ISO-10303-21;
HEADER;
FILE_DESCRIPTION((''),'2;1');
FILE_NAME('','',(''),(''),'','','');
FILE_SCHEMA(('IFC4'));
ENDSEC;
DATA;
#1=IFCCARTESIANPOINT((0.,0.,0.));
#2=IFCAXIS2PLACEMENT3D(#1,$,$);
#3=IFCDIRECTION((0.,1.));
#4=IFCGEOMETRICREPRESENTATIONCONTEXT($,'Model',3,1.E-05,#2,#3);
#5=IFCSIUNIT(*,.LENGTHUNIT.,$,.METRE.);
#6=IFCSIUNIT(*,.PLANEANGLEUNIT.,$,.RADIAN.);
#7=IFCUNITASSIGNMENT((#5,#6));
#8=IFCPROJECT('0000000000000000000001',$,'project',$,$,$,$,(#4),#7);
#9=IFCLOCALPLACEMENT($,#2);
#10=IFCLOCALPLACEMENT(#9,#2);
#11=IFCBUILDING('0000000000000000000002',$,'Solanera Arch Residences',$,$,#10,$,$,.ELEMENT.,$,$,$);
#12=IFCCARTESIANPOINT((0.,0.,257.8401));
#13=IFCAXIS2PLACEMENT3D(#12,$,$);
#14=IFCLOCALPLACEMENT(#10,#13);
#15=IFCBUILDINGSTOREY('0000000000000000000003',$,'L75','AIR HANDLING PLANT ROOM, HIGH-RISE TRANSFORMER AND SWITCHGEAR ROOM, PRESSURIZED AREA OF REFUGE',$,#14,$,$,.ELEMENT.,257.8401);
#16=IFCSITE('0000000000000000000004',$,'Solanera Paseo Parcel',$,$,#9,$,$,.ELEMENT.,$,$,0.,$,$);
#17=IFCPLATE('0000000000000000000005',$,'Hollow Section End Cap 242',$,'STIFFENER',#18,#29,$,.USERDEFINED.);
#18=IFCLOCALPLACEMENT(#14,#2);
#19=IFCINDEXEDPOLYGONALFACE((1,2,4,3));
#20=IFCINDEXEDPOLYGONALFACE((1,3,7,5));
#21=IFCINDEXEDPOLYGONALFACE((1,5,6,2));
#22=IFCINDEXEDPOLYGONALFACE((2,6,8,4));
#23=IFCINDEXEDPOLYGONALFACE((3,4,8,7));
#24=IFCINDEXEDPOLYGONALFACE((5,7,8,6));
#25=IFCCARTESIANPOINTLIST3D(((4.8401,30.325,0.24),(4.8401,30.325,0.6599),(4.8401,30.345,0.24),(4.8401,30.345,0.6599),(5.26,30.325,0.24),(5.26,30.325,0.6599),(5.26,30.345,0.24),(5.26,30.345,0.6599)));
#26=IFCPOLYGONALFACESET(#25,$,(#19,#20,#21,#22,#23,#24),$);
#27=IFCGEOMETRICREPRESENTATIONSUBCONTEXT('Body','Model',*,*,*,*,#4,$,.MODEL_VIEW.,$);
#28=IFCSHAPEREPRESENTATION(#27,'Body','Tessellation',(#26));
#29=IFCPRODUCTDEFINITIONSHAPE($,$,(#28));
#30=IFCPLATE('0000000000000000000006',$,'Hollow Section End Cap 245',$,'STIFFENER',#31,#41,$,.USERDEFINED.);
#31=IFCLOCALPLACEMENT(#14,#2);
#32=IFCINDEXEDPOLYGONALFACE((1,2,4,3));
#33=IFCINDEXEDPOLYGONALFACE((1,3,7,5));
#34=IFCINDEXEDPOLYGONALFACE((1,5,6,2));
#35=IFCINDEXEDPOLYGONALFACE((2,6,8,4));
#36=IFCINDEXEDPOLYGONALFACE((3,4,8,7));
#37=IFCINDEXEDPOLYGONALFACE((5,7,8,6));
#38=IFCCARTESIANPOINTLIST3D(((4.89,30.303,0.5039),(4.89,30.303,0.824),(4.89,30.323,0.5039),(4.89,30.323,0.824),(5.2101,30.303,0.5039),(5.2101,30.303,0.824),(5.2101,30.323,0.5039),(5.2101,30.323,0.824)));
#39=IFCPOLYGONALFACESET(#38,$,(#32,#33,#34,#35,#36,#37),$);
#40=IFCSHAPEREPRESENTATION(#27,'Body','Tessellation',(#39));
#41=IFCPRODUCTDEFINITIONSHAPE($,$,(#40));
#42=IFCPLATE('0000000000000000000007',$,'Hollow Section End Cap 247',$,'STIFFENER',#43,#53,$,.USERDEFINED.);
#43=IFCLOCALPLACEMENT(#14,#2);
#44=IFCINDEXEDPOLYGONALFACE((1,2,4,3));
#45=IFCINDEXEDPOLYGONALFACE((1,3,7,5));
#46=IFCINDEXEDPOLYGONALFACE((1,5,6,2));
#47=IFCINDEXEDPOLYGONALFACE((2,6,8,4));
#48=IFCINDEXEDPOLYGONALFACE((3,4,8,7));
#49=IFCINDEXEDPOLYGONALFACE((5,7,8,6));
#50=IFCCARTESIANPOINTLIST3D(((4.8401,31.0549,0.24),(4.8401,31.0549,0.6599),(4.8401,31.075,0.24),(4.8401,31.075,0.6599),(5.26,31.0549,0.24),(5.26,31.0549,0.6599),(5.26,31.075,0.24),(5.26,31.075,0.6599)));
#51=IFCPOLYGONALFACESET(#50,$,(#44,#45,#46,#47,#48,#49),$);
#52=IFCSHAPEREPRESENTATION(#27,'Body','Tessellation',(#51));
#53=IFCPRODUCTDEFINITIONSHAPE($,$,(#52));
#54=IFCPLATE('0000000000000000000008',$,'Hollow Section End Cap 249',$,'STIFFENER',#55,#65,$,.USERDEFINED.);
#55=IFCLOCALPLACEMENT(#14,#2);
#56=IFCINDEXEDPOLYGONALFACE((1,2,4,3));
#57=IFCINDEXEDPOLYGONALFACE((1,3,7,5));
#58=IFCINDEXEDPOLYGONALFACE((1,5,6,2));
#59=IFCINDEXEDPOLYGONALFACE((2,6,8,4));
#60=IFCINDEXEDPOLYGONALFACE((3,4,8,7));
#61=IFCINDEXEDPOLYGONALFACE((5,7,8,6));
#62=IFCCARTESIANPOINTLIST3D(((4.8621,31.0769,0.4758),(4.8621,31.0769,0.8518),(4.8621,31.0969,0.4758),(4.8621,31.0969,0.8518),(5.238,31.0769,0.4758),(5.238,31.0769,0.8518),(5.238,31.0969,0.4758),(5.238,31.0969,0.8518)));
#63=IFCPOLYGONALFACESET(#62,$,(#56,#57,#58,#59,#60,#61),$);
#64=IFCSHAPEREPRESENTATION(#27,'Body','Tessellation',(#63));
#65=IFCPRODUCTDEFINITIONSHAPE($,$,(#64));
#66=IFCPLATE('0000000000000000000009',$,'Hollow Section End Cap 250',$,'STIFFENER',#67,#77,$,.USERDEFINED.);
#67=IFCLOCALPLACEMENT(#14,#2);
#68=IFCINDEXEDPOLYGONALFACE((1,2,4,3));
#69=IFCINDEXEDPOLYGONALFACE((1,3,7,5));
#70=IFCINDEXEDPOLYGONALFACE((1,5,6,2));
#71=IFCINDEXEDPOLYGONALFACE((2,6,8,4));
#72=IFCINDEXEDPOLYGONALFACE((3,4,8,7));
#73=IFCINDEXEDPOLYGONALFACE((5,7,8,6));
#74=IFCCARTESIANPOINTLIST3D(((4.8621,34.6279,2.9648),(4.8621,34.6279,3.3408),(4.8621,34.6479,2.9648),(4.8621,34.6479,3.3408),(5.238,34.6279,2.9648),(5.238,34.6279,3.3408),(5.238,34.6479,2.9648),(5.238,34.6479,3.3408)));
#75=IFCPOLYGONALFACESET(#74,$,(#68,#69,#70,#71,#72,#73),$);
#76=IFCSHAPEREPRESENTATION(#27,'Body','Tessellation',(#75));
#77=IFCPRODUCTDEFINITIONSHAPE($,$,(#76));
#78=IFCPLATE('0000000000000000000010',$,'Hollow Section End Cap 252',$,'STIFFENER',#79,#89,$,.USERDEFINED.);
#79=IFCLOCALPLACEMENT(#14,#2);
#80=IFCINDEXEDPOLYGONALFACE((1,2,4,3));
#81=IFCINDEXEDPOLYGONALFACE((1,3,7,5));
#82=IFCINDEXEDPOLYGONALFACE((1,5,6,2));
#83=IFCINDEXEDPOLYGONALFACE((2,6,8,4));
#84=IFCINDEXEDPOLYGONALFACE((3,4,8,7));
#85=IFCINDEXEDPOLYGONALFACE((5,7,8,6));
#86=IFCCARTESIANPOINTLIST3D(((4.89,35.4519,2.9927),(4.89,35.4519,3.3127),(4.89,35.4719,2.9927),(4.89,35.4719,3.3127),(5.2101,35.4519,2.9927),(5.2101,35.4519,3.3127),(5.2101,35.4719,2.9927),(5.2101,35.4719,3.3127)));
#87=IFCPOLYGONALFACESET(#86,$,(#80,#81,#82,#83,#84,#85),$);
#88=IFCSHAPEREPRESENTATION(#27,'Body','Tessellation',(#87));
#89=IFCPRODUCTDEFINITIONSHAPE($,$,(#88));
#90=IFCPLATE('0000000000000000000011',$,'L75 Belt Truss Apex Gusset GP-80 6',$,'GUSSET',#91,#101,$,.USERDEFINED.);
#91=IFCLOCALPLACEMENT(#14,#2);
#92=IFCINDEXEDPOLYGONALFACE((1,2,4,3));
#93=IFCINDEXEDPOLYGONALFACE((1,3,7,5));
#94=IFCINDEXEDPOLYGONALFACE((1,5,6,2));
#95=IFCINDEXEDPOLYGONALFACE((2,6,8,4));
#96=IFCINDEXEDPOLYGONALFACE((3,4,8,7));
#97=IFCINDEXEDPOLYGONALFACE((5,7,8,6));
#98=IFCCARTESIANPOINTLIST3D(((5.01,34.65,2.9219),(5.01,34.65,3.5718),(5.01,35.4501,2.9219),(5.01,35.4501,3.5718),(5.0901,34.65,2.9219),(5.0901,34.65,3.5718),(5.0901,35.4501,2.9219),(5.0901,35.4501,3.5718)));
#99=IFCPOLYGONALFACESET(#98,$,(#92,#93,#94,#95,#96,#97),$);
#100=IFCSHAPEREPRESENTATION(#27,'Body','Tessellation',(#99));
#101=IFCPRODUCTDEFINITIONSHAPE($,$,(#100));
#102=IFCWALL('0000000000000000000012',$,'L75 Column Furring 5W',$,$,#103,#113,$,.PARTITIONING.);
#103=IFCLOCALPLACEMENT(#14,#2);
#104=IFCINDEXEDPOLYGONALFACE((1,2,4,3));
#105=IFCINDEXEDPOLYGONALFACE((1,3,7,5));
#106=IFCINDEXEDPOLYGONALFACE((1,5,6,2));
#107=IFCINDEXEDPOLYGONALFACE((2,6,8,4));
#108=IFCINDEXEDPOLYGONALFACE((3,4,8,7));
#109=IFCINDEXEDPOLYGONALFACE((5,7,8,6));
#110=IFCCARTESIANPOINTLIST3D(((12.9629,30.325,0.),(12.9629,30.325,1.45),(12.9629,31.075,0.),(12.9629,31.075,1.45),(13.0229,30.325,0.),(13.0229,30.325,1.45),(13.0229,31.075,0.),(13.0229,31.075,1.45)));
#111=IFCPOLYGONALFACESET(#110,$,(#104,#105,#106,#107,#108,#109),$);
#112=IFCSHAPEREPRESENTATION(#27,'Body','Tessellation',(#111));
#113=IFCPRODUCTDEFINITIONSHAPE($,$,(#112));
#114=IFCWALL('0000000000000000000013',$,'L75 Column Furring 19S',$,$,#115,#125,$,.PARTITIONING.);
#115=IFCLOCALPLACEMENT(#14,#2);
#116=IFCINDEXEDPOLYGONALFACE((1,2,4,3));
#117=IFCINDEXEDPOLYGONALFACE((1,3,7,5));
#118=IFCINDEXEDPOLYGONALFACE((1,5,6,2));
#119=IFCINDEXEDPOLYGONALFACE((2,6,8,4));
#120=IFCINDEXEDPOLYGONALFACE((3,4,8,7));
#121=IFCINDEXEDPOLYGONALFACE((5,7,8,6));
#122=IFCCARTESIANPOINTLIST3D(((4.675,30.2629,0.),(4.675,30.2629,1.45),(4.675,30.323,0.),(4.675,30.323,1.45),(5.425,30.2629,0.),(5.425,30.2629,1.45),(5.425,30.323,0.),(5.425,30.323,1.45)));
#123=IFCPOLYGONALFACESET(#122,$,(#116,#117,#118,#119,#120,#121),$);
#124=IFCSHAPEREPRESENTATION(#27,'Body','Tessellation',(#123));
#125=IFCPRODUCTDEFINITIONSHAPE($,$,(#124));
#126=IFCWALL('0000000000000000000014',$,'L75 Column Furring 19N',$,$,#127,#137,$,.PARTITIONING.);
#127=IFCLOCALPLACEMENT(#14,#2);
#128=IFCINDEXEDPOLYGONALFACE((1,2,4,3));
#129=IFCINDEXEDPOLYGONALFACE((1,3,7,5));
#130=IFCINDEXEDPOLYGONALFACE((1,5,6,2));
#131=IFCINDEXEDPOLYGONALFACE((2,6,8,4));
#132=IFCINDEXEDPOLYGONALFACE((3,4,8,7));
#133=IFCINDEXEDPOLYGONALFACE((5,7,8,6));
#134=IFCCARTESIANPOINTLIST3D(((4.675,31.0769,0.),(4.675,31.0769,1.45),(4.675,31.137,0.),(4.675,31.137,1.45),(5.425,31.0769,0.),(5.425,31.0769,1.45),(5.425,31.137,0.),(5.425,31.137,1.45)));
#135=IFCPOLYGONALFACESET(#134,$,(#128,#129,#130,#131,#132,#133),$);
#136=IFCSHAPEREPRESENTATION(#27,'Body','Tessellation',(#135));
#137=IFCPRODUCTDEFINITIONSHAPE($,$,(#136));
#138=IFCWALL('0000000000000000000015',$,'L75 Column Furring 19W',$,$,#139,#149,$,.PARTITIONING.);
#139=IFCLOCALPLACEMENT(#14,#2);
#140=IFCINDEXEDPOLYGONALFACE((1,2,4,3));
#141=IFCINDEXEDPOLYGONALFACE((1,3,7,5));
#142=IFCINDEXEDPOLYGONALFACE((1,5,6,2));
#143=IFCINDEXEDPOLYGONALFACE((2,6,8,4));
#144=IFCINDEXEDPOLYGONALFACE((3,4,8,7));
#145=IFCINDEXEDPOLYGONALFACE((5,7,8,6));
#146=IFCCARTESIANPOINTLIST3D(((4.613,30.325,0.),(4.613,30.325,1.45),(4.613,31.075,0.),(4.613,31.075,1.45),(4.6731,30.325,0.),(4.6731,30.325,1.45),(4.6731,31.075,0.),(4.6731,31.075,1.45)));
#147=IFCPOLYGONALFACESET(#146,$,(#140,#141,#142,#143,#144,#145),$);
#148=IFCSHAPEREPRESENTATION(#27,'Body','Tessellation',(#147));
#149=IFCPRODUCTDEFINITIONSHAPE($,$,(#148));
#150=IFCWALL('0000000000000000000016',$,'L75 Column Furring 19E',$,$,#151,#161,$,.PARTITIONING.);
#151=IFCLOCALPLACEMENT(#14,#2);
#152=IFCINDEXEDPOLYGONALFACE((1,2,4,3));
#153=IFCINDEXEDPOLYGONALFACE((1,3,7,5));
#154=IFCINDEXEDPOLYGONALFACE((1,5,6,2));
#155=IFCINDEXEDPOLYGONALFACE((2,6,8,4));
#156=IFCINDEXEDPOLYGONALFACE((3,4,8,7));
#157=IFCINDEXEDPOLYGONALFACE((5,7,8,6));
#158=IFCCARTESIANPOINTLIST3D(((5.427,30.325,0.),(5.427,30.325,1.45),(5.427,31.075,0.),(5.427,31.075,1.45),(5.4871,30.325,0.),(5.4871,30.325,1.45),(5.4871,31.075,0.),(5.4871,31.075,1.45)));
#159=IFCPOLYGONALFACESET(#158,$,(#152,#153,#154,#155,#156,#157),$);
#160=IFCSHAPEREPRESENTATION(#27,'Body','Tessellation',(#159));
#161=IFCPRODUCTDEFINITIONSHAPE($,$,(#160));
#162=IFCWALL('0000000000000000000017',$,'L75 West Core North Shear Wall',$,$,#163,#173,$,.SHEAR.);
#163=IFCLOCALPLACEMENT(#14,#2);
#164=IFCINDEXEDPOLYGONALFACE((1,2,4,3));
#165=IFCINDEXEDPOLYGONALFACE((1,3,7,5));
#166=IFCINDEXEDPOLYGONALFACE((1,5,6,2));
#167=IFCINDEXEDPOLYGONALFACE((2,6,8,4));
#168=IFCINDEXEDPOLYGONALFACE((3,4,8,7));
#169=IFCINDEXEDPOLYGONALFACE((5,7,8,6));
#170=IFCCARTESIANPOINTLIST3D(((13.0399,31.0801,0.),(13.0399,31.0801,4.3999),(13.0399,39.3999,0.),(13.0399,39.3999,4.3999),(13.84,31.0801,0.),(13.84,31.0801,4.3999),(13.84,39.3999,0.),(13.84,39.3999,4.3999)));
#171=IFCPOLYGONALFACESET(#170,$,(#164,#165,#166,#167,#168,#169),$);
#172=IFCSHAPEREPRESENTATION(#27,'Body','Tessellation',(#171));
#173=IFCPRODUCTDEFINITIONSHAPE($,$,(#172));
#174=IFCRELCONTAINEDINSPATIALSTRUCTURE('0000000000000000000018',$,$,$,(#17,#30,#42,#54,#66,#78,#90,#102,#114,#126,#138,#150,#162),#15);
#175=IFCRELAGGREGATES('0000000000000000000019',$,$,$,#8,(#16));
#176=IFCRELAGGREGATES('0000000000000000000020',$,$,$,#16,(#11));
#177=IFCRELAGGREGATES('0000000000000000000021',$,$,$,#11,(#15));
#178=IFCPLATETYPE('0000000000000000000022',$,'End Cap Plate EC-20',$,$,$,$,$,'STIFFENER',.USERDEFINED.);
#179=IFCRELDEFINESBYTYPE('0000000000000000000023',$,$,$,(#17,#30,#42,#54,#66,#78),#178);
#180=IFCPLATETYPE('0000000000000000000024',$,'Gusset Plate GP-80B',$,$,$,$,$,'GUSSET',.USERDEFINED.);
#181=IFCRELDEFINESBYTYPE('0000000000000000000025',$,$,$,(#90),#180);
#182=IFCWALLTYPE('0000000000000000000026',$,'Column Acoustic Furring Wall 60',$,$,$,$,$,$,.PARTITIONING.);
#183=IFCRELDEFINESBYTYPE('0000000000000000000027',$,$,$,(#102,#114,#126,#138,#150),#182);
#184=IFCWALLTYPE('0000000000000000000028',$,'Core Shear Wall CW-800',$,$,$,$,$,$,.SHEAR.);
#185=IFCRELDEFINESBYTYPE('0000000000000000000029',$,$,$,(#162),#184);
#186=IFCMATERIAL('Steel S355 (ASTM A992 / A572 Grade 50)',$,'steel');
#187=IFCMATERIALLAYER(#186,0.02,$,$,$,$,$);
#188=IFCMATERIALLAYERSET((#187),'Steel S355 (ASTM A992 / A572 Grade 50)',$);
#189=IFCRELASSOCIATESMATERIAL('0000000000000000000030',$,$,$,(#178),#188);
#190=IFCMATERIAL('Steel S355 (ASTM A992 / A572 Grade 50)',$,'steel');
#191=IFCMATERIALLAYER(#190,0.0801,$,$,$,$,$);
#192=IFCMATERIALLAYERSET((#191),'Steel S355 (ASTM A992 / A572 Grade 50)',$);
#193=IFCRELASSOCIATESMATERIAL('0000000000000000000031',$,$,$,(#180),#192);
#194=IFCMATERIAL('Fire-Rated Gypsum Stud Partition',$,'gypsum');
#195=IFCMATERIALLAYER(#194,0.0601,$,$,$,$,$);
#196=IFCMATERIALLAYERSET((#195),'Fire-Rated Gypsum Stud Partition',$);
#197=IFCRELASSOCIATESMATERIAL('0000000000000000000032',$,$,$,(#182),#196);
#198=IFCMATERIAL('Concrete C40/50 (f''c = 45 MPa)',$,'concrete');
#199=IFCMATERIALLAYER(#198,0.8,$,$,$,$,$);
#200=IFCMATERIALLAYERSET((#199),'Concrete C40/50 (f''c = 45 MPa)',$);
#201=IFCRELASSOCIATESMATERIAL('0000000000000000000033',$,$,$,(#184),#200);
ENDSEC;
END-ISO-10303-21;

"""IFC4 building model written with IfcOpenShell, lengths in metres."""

from ifc_helpers import new_model, si_unit, direction, frame, frame_2d, origin, origin_2d, place, context, subcontext, project, spatial, rectangle, extrude, material, layer, layer_set, type_object, element, save


model = new_model("IFC4")

# Units and contexts
model_context = context("Model", 3, precision=1e-05, world=origin(), true_north=direction((0.0, 1.0)))
body_context = subcontext(model_context, "Body", "Model", "MODEL_VIEW")
ifc_project = project(units=[si_unit("LENGTHUNIT", "METRE"), si_unit("PLANEANGLEUNIT", "RADIAN")], contexts=[model_context])

# Site, building, storey
site_placement = place(None, origin())
site = spatial("IfcSite", under=ifc_project, at=site_placement, Name="Solanera Paseo Parcel", CompositionType="ELEMENT", RefElevation=0.0)
building_placement = place(site_placement, origin())
building = spatial("IfcBuilding", under=site, at=building_placement, Name="Solanera Arch Residences", CompositionType="ELEMENT")
storey_placement = place(building_placement, frame((0.0, 0.0, 257.8401)))
storey = spatial("IfcBuildingStorey", under=building, at=storey_placement, Name="L75", Description="AIR HANDLING PLANT ROOM, HIGH-RISE TRANSFORMER AND SWITCHGEAR ROOM, PRESSURIZED AREA OF REFUGE", CompositionType="ELEMENT", Elevation=257.8401)

# Plates
ifc_material_1 = material(Name="Steel S355 (ASTM A992 / A572 Grade 50)", Category="steel")
ifc_layer_1 = layer(ifc_material_1, 0.02)
ifc_layer_set_1 = layer_set([ifc_layer_1], Name="Steel S355 (ASTM A992 / A572 Grade 50)")
plate_type_1 = type_object("IfcPlateType", Name="End Cap Plate EC-20", ElementType="STIFFENER", PredefinedType="USERDEFINED", material=ifc_layer_set_1)
plate_1_placement = place(storey_placement, frame((5.05, 30.335, 0.24), z_axis=(0.0, 0.0, 1.0), x_axis=(0.0, 1.0, 0.0)))
element("IfcPlate", 1, at=plate_1_placement, inside=storey, type_object=plate_type_1, Name="Hollow Section End Cap 242", ObjectType="STIFFENER", PredefinedType="USERDEFINED", context=body_context, shape_type="SweptSolid", body=[
    extrude(rectangle(XDim=0.02, YDim=0.4199, at=origin_2d()), origin(), (0.0, 0.0, 1.0), 0.4199),
])
plate_2_placement = place(storey_placement, frame((5.05, 30.313, 0.5039), z_axis=(0.0, 0.0, 1.0), x_axis=(0.0, 1.0, 0.0)))
element("IfcPlate", 2, at=plate_2_placement, inside=storey, type_object=plate_type_1, Name="Hollow Section End Cap 245", ObjectType="STIFFENER", PredefinedType="USERDEFINED", context=body_context, shape_type="SweptSolid", body=[
    extrude(rectangle(XDim=0.02, YDim=0.3201, at=origin_2d()), origin(), (0.0, 0.0, 1.0), 0.3201),
])
plate_3_placement = place(storey_placement, frame((5.05, 31.0649, 0.24), z_axis=(0.0, 0.0, 1.0), x_axis=(0.0, -1.0, 0.0)))
element("IfcPlate", 3, at=plate_3_placement, inside=storey, type_object=plate_type_1, Name="Hollow Section End Cap 247", ObjectType="STIFFENER", PredefinedType="USERDEFINED", context=body_context, shape_type="SweptSolid", body=[
    extrude(rectangle(XDim=0.02, YDim=0.4199, at=origin_2d()), origin(), (0.0, 0.0, 1.0), 0.4199),
])
for number, where, z_axis, x_axis, name in (
    (4, (5.05, 31.0869, 0.4758), (0.0, 0.0, 1.0), (0.0, -1.0, 0.0), "Hollow Section End Cap 249"),
    (5, (5.05, 34.6379, 2.9648), (0.0, 0.0, 1.0), (0.0, 1.0, 0.0), "Hollow Section End Cap 250"),
):
    element("IfcPlate", number, at=place(storey_placement, frame(where, z_axis=z_axis, x_axis=x_axis)), inside=storey, type_object=plate_type_1, Name=name, ObjectType="STIFFENER", PredefinedType="USERDEFINED", context=body_context, shape_type="SweptSolid", body=[
        extrude(rectangle(XDim=0.02, YDim=0.376, at=origin_2d()), origin(), (0.0, 0.0, 1.0), 0.376),
    ])
plate_4_placement = place(storey_placement, frame((5.05, 35.4619, 2.9927), z_axis=(0.0, 0.0, 1.0), x_axis=(0.0, -1.0, 0.0)))
element("IfcPlate", 6, at=plate_4_placement, inside=storey, type_object=plate_type_1, Name="Hollow Section End Cap 252", ObjectType="STIFFENER", PredefinedType="USERDEFINED", context=body_context, shape_type="SweptSolid", body=[
    extrude(rectangle(XDim=0.02, YDim=0.3201, at=origin_2d()), origin(), (0.0, 0.0, 1.0), 0.3201),
])
ifc_material_2 = material(Name="Steel S355 (ASTM A992 / A572 Grade 50)", Category="steel")
ifc_layer_2 = layer(ifc_material_2, 0.0801)
ifc_layer_set_2 = layer_set([ifc_layer_2], Name="Steel S355 (ASTM A992 / A572 Grade 50)")
plate_type_2 = type_object("IfcPlateType", Name="Gusset Plate GP-80B", ElementType="GUSSET", PredefinedType="USERDEFINED", material=ifc_layer_set_2)
plate_5_placement = place(storey_placement, frame((5.05, 35.05, 2.9219), z_axis=(0.0, 0.0, 1.0), x_axis=(1.0, 0.0, 0.0)))
element("IfcPlate", 7, at=plate_5_placement, inside=storey, type_object=plate_type_2, Name="L75 Belt Truss Apex Gusset GP-80 6", ObjectType="GUSSET", PredefinedType="USERDEFINED", context=body_context, shape_type="SweptSolid", body=[
    extrude(rectangle(XDim=0.0801, YDim=0.8, at=origin_2d()), origin(), (0.0, 0.0, 1.0), 0.6499),
])

# Walls
ifc_material_3 = material(Name="Fire-Rated Gypsum Stud Partition", Category="gypsum")
ifc_layer_3 = layer(ifc_material_3, 0.0601)
ifc_layer_set_3 = layer_set([ifc_layer_3], Name="Fire-Rated Gypsum Stud Partition")
wall_type_1 = type_object("IfcWallType", Name="Column Acoustic Furring Wall 60", PredefinedType="PARTITIONING", material=ifc_layer_set_3)
for number, where, z_axis, x_axis, name in (
    (8, (12.9929, 30.325, 0.0), (0.0, 0.0, 1.0), (0.0, 1.0, 0.0), "L75 Column Furring 5W"),
    (9, (4.675, 30.293, 0.0), (0.0, 0.0, 1.0), (1.0, 0.0, 0.0), "L75 Column Furring 19S"),
    (10, (4.675, 31.1069, 0.0), (0.0, 0.0, 1.0), (1.0, 0.0, 0.0), "L75 Column Furring 19N"),
    (11, (4.6431, 30.325, 0.0), (0.0, 0.0, 1.0), (0.0, 1.0, 0.0), "L75 Column Furring 19W"),
    (12, (5.457, 30.325, 0.0), (0.0, 0.0, 1.0), (0.0, 1.0, 0.0), "L75 Column Furring 19E"),
):
    element("IfcWall", number, at=place(storey_placement, frame(where, z_axis=z_axis, x_axis=x_axis)), inside=storey, type_object=wall_type_1, Name=name, PredefinedType="PARTITIONING", context=body_context, shape_type="SweptSolid", body=[
        extrude(rectangle(XDim=0.75, YDim=0.0601, at=frame_2d((0.375, 0.0))), origin(), (0.0, 0.0, 1.0), 1.45),
    ])
ifc_material_4 = material(Name="Concrete C40/50 (f'c = 45 MPa)", Category="concrete")
ifc_layer_4 = layer(ifc_material_4, 0.8)
ifc_layer_set_4 = layer_set([ifc_layer_4], Name="Concrete C40/50 (f'c = 45 MPa)")
wall_type_2 = type_object("IfcWallType", Name="Core Shear Wall CW-800", PredefinedType="SHEAR", material=ifc_layer_set_4)
wall_placement = place(storey_placement, frame((13.4399, 31.0801, 0.0), z_axis=(0.0, 0.0, 1.0), x_axis=(0.0, 1.0, 0.0)))
element("IfcWall", 13, at=wall_placement, inside=storey, type_object=wall_type_2, Name="L75 West Core North Shear Wall", PredefinedType="SHEAR", context=body_context, shape_type="SweptSolid", body=[
    extrude(rectangle(XDim=8.3198, YDim=0.8, at=frame_2d((4.1599, 0.0))), origin(), (0.0, 0.0, 1.0), 4.3999),
])

save(model, "model.ifc")
